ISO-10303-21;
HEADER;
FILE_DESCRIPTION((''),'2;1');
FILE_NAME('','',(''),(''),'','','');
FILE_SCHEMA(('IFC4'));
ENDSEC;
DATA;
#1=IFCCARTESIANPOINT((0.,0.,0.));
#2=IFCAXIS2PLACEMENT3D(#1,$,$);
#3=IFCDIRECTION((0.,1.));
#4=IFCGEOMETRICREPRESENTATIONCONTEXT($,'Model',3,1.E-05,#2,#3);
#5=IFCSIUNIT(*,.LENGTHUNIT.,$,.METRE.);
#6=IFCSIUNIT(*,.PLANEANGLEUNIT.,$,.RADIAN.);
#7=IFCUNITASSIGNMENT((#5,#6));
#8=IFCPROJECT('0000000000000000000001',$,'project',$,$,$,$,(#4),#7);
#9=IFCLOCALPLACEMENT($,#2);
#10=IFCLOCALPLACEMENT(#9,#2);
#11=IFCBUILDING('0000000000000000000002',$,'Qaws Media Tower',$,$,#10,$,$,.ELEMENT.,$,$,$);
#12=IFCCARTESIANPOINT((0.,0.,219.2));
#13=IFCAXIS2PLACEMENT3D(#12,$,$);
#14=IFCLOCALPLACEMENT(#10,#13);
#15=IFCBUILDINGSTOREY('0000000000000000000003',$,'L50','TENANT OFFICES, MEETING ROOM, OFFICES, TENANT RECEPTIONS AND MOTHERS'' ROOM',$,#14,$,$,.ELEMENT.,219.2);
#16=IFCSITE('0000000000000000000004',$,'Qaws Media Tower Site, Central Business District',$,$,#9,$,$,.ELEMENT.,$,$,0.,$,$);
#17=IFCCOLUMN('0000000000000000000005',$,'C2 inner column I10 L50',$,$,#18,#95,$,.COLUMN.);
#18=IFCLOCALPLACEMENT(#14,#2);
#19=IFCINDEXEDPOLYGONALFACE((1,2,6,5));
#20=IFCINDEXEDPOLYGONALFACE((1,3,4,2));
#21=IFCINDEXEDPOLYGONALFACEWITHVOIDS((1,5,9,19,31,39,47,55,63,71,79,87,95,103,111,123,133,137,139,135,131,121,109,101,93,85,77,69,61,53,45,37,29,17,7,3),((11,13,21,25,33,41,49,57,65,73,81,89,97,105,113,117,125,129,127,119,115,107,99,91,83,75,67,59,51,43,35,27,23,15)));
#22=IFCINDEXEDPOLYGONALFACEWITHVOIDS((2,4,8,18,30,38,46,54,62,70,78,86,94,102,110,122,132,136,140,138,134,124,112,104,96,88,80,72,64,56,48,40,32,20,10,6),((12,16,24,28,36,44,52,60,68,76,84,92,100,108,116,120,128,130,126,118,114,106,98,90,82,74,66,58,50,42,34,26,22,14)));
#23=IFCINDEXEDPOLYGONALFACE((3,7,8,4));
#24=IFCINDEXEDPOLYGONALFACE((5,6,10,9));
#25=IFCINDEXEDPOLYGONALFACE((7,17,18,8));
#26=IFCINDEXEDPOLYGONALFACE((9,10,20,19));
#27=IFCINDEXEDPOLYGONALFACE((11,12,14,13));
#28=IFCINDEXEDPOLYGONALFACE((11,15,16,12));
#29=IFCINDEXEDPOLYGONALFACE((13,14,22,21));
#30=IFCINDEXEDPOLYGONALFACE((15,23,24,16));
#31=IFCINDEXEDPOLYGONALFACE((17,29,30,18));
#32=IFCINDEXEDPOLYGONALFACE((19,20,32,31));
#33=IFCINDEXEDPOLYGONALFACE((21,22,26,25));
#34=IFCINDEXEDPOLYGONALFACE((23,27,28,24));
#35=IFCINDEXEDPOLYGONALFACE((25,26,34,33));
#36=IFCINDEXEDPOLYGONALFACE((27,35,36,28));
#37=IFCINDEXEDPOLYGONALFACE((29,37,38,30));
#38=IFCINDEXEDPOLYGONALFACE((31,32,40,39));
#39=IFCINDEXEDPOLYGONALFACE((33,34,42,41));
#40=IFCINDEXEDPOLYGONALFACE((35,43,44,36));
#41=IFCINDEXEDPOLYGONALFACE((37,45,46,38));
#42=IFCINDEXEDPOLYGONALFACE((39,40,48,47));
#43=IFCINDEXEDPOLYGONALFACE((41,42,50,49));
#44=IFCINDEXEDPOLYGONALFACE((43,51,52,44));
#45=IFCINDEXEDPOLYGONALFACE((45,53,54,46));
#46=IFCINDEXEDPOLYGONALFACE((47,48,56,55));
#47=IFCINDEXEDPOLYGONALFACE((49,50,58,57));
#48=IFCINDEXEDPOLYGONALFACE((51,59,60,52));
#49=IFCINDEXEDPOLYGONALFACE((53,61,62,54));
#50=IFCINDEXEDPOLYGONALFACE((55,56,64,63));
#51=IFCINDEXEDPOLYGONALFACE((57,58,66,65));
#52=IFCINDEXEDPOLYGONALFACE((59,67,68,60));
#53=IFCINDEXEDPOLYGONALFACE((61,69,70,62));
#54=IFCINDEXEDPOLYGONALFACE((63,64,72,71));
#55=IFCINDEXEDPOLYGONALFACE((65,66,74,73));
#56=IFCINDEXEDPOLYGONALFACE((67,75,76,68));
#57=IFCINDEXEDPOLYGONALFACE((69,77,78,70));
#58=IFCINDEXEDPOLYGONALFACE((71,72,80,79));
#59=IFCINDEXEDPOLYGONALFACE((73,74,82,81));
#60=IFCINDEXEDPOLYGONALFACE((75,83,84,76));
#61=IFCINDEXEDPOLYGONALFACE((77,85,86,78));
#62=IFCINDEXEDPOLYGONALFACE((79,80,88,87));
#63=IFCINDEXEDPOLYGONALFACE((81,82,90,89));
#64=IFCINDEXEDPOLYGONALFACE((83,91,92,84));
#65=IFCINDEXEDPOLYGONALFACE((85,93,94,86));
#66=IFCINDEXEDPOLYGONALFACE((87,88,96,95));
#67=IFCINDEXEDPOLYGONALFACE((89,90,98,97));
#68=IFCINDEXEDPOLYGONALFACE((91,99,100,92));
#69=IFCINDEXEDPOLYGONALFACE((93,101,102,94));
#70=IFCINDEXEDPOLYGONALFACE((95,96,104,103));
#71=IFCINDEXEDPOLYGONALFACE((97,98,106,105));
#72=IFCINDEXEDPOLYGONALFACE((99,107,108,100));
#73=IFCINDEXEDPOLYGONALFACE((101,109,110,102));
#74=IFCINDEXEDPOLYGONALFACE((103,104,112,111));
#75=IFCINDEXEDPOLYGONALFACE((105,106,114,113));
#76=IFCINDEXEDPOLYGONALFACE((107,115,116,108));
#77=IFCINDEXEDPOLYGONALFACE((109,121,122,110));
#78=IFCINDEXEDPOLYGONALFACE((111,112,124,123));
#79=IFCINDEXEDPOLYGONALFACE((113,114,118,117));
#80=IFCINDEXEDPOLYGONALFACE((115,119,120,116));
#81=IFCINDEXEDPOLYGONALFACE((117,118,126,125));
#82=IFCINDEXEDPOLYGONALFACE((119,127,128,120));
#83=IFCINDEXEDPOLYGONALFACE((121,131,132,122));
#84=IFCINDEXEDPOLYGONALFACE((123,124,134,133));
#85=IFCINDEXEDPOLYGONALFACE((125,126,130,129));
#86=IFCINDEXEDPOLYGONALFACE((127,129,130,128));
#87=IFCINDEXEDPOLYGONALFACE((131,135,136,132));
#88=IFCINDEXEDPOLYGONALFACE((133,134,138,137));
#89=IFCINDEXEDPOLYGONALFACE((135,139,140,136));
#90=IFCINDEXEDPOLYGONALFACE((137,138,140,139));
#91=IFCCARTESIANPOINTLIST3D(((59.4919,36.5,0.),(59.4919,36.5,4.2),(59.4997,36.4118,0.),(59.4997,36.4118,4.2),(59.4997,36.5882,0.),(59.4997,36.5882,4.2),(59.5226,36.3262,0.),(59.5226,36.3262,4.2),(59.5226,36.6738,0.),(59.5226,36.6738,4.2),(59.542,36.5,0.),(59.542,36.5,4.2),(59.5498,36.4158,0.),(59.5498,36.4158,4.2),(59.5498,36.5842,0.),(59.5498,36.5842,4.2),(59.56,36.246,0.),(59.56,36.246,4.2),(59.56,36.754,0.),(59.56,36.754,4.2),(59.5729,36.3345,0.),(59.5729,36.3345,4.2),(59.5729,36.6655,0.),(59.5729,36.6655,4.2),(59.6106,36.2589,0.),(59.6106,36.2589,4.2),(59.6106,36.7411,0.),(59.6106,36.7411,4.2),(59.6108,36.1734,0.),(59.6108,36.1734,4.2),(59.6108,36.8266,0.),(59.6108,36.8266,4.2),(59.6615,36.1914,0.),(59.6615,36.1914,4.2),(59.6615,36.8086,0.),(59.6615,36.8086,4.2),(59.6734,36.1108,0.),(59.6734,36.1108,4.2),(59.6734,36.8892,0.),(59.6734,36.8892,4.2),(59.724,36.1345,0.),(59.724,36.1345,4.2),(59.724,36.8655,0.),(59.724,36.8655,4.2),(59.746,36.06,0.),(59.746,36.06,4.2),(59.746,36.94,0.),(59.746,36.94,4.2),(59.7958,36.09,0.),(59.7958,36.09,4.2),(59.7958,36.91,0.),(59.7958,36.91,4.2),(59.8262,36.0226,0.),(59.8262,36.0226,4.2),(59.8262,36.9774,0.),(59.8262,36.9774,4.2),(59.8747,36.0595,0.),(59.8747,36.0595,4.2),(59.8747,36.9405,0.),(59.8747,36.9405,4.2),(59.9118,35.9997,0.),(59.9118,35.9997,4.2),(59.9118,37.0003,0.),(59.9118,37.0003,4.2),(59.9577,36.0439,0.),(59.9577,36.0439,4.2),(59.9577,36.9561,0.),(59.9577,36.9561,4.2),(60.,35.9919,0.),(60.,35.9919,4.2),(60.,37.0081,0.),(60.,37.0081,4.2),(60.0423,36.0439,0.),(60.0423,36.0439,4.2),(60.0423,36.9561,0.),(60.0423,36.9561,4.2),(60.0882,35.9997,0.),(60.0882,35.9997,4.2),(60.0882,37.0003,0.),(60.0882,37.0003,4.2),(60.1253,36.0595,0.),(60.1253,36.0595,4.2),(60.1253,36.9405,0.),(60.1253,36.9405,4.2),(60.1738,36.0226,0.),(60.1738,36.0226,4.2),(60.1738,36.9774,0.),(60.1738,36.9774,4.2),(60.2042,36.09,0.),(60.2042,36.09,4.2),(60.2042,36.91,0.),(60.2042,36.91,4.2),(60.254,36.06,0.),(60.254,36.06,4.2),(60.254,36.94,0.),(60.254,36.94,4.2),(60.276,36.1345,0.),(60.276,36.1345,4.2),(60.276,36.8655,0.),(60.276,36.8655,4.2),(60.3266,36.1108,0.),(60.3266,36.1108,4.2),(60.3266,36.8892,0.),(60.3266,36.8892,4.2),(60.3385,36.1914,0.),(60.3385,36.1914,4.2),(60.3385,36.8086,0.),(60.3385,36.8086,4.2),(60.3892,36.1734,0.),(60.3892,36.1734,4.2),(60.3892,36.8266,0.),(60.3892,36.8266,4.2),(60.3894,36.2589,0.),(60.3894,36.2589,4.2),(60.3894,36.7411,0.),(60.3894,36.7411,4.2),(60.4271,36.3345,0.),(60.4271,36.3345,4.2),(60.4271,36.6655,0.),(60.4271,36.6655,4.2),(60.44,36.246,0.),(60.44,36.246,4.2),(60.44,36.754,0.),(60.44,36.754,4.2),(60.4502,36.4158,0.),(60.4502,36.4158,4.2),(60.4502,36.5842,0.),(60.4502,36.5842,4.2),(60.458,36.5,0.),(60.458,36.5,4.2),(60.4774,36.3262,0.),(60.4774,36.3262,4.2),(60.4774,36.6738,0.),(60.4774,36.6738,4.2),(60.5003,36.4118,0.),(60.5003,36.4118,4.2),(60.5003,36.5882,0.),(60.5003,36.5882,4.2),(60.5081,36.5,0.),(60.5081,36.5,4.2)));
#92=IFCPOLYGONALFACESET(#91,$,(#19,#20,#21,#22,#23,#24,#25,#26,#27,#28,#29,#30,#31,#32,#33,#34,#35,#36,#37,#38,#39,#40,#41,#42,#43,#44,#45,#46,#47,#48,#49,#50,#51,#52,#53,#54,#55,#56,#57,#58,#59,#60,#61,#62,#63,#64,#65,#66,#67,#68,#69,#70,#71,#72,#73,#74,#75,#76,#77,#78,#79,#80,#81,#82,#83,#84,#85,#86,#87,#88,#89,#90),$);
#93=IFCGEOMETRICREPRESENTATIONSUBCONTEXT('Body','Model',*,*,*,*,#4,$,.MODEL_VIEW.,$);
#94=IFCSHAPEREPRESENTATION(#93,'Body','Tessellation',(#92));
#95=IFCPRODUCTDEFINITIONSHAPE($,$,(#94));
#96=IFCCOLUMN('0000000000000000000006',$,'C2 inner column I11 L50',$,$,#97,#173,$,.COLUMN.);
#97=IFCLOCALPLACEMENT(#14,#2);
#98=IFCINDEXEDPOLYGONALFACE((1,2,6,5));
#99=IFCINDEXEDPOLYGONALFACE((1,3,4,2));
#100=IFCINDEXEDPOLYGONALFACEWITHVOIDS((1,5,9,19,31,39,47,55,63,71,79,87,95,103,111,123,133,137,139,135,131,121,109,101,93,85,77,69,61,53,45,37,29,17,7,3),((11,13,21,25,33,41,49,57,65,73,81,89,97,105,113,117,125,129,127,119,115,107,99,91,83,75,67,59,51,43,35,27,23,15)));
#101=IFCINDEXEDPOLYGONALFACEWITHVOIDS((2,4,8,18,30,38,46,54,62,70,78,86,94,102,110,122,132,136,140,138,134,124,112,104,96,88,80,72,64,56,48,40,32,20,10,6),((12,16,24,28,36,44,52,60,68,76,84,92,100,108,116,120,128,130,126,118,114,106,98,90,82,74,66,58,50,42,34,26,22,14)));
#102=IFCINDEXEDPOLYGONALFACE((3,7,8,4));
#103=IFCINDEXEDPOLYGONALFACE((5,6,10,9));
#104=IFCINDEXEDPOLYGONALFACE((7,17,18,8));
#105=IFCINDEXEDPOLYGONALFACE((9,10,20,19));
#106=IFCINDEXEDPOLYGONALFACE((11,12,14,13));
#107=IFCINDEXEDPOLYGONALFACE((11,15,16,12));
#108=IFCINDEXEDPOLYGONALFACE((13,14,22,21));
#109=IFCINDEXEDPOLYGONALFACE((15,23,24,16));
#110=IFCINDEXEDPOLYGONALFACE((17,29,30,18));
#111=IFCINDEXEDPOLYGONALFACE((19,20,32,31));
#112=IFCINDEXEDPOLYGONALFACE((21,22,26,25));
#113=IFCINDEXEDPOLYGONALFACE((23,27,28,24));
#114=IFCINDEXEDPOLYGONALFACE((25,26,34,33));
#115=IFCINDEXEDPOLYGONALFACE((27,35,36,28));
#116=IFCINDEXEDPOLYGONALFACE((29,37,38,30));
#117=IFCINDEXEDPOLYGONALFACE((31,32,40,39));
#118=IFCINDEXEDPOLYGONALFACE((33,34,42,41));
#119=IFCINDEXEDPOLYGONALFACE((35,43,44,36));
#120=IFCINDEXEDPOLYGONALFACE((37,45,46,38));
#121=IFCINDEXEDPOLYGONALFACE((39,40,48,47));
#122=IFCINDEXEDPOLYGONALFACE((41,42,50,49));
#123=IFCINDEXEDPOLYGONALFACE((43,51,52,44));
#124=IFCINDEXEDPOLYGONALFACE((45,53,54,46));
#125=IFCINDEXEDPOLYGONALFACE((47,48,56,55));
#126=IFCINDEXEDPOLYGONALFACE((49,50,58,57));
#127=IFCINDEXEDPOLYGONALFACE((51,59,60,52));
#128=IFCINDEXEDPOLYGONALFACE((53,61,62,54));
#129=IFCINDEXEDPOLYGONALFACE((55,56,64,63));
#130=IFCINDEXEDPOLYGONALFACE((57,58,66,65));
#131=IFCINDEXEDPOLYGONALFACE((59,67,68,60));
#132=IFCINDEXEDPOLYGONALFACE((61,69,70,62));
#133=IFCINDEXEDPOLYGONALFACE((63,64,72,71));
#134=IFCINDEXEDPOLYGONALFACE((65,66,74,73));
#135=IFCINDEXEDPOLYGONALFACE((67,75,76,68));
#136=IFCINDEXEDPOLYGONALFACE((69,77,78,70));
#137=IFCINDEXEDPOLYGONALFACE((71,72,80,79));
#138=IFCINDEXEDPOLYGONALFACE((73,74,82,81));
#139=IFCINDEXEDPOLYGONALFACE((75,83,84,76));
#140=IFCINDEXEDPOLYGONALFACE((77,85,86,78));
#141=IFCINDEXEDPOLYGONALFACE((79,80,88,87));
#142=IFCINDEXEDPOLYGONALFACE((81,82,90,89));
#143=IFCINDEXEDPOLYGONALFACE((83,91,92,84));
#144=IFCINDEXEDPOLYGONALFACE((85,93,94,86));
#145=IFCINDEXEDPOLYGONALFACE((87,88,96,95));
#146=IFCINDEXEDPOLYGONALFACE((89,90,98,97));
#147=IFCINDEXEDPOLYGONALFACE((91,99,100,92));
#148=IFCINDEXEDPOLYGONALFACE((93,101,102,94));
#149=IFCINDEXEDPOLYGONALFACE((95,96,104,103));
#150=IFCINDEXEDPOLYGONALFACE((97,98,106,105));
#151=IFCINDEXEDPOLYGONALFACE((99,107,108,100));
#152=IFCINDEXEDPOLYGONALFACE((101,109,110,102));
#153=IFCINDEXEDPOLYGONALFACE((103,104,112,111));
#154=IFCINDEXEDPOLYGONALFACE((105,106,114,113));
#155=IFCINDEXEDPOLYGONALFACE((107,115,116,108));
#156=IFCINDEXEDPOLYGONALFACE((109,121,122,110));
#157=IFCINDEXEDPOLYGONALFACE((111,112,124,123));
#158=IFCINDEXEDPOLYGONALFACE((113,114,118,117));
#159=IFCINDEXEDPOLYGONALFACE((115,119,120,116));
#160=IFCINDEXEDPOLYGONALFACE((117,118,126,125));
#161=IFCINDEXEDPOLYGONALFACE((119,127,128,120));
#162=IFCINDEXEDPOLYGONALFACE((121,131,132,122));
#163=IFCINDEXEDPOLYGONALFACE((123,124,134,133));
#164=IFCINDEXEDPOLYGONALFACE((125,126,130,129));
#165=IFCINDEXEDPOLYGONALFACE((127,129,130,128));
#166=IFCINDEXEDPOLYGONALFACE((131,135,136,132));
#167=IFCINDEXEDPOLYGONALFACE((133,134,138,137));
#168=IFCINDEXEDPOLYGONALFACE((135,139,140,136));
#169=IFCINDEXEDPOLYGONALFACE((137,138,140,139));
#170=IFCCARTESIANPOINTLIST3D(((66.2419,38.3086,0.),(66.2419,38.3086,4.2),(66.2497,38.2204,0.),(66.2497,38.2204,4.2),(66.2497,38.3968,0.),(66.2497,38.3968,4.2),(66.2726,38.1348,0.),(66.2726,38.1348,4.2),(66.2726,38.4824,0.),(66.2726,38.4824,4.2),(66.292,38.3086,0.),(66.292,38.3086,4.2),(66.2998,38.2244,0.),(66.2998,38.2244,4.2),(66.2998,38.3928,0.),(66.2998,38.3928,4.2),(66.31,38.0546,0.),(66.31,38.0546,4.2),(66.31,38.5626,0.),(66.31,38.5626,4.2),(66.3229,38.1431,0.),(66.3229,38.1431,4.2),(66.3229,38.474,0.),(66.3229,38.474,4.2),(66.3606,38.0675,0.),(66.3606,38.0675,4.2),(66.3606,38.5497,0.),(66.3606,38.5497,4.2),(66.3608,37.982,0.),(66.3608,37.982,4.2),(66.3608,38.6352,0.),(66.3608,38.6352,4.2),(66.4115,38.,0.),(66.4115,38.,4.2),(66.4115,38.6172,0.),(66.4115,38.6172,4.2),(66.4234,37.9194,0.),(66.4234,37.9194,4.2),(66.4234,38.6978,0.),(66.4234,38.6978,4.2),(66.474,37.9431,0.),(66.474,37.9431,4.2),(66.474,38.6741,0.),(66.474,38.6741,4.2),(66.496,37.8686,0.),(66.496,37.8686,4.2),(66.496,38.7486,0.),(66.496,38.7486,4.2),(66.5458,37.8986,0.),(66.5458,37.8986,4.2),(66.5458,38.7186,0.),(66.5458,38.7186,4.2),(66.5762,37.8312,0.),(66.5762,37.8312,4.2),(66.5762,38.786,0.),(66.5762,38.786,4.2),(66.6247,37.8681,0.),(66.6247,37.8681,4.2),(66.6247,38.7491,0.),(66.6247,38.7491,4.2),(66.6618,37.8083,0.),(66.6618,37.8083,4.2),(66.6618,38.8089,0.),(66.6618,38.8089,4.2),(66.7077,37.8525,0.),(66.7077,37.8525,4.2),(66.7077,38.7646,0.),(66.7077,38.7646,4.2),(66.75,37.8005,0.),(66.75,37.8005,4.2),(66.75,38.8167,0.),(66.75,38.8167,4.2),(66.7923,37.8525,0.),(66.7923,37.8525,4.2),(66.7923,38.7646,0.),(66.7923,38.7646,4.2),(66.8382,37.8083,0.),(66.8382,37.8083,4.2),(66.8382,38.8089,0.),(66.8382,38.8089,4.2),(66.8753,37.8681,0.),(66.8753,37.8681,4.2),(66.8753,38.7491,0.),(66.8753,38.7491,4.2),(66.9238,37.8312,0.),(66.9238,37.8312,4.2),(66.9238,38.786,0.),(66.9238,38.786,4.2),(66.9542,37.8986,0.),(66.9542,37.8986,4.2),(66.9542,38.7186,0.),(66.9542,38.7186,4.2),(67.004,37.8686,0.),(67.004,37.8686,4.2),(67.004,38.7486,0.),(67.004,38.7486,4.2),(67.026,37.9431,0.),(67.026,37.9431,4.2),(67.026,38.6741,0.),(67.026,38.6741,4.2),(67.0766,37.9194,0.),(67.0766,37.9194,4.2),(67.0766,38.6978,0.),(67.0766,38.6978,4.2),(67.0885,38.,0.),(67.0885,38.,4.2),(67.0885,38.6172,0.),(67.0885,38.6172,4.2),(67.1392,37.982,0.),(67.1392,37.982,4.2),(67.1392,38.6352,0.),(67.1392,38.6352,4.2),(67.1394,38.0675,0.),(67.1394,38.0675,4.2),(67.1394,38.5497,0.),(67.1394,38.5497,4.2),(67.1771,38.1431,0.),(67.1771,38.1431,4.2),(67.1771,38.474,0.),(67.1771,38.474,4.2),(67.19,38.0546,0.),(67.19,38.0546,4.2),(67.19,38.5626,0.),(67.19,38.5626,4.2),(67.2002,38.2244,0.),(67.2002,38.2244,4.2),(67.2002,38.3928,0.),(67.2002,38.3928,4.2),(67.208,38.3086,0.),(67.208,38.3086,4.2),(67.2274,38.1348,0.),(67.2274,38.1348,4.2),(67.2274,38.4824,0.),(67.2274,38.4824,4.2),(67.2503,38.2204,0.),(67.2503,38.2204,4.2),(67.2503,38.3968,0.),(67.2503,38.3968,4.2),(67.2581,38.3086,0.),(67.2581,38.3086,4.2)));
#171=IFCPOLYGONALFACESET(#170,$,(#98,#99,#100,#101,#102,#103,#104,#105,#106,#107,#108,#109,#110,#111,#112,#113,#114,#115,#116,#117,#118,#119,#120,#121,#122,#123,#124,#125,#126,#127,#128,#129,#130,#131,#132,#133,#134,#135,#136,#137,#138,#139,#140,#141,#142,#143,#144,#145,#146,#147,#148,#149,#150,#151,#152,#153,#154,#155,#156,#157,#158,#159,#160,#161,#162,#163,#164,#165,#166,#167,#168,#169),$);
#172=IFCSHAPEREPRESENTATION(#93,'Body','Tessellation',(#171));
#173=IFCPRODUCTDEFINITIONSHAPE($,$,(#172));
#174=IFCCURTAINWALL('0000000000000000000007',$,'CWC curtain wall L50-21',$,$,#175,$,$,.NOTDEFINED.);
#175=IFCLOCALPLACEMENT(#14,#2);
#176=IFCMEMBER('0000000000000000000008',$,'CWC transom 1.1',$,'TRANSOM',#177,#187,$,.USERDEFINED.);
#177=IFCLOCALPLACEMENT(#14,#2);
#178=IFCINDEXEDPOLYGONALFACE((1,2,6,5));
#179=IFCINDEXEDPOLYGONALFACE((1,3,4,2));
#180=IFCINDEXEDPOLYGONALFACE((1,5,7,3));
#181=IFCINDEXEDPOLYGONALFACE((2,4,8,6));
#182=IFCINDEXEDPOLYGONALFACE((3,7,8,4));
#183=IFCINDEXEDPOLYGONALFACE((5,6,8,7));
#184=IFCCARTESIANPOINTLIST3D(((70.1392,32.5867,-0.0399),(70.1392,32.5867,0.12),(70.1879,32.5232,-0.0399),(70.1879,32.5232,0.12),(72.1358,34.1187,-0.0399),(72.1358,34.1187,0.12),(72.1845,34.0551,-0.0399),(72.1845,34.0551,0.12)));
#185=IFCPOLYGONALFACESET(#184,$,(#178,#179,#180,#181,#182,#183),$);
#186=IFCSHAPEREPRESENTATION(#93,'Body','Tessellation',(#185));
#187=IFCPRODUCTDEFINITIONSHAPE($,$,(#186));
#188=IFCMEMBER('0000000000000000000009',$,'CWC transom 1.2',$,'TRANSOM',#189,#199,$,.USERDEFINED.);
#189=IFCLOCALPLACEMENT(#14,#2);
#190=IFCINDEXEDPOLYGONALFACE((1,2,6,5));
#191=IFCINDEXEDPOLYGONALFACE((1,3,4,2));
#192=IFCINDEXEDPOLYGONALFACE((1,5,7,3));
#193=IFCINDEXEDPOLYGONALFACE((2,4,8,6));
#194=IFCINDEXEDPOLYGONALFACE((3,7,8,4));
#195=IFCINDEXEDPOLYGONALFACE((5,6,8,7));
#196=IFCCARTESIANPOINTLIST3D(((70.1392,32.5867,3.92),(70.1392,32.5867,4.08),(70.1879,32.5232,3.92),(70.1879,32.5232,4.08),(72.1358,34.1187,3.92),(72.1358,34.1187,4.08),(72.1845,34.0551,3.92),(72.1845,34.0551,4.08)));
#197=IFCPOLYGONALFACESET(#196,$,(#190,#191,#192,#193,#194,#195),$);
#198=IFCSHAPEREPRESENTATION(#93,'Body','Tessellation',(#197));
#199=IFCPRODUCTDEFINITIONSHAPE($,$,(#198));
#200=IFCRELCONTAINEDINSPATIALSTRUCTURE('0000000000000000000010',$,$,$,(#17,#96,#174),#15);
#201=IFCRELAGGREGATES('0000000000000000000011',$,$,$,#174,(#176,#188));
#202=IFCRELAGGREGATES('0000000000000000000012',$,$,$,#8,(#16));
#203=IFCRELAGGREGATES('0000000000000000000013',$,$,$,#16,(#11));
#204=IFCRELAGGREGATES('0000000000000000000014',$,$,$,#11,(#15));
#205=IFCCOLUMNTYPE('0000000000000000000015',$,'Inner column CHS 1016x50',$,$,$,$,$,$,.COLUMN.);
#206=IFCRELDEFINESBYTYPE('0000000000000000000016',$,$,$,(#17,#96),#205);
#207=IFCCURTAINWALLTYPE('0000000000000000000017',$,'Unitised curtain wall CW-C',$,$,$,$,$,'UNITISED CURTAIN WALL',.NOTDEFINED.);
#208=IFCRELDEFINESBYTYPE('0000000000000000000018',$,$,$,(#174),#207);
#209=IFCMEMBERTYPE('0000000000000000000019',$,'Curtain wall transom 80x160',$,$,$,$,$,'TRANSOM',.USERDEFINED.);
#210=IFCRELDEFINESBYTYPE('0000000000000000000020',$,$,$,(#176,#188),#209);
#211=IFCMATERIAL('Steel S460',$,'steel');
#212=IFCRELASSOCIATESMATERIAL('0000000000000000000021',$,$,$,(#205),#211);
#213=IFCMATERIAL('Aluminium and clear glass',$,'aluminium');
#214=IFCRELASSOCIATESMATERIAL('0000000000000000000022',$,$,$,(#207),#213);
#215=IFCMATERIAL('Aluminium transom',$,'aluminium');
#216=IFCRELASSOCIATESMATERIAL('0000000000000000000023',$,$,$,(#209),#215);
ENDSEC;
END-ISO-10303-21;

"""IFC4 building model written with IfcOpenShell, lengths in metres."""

from ifc_helpers import new_model, si_unit, direction, frame, origin, origin_2d, place, context, subcontext, project, spatial, rectangle, hollow_circle, extrude, material, material_profile, profile_set, type_object, element, aggregate, save


model = new_model("IFC4")

# Units and contexts
model_context = context("Model", 3, precision=1e-05, world=origin(), true_north=direction((0.0, 1.0)))
body_context = subcontext(model_context, "Body", "Model", "MODEL_VIEW")
ifc_project = project(units=[si_unit("LENGTHUNIT", "METRE"), si_unit("PLANEANGLEUNIT", "RADIAN")], contexts=[model_context])

# Site, building, storey
site_placement = place(None, origin())
site = spatial("IfcSite", under=ifc_project, at=site_placement, Name="Qaws Media Tower Site, Central Business District", CompositionType="ELEMENT", RefElevation=0.0)
building_placement = place(site_placement, origin())
building = spatial("IfcBuilding", under=site, at=building_placement, Name="Qaws Media Tower", CompositionType="ELEMENT")
storey_placement = place(building_placement, frame((0.0, 0.0, 219.2)))
storey = spatial("IfcBuildingStorey", under=building, at=storey_placement, Name="L50", Description="TENANT OFFICES, MEETING ROOM, OFFICES, TENANT RECEPTIONS AND MOTHERS' ROOM", CompositionType="ELEMENT", Elevation=219.2)

# Columns
ifc_material_1 = material(Name="Steel S460", Category="steel")
ifc_material_profile_1 = material_profile(ifc_material_1, hollow_circle(Radius=0.5081, WallThickness=0.05, at=origin_2d()), Name="CHS 1016x50")
ifc_profile_set_1 = profile_set([ifc_material_profile_1], Name="Steel S460")
column_type = type_object("IfcColumnType", Name="Inner column CHS 1016x50", PredefinedType="COLUMN", material=ifc_profile_set_1)
for number, where, z_axis, x_axis, name in (
    (1, (60.0, 36.5, 0.0), (0.0, 0.0, 1.0), (1.0, 0.0, 0.0), "C2 inner column I10 L50"),
    (2, (66.75, 38.3086, 0.0), (0.0, 0.0, 1.0), (1.0, 0.0, 0.0), "C2 inner column I11 L50"),
):
    element("IfcColumn", number, at=place(storey_placement, frame(where, z_axis=z_axis, x_axis=x_axis)), inside=storey, type_object=column_type, Name=name, PredefinedType="COLUMN", context=body_context, shape_type="SweptSolid", body=[
        extrude(hollow_circle(Radius=0.5081, WallThickness=0.05, at=origin_2d()), origin(), (0.0, 0.0, 1.0), 4.2),
    ])

# Curtain wall, members
ifc_material_2 = material(Name="Aluminium and clear glass", Category="aluminium")
curtain_wall_type = type_object("IfcCurtainWallType", Name="Unitised curtain wall CW-C", ElementType="UNITISED CURTAIN WALL", PredefinedType="NOTDEFINED", material=ifc_material_2)
curtain_wall_placement = place(storey_placement, origin())
curtain_wall = element("IfcCurtainWall", 3, at=curtain_wall_placement, inside=storey, type_object=curtain_wall_type, Name="CWC curtain wall L50-21", PredefinedType="NOTDEFINED")
ifc_material_3 = material(Name="Aluminium transom", Category="aluminium")
ifc_material_profile_2 = material_profile(ifc_material_3, rectangle(XDim=0.0801, YDim=0.1599, at=origin_2d()), Name="80x160")
ifc_profile_set_2 = profile_set([ifc_material_profile_2], Name="Aluminium transom")
member_type = type_object("IfcMemberType", Name="Curtain wall transom 80x160", ElementType="TRANSOM", PredefinedType="USERDEFINED", material=ifc_profile_set_2)
member_1_placement = place(storey_placement, frame((70.1636, 32.5549, 0.04), z_axis=(0.793363, 0.608749, 0.0), x_axis=(-0.608749, 0.793363, 0.0)))
member_1 = element("IfcMember", 4, at=member_1_placement, type_object=member_type, Name="CWC transom 1.1", ObjectType="TRANSOM", PredefinedType="USERDEFINED", context=body_context, shape_type="SweptSolid", body=[
    extrude(rectangle(XDim=0.0801, YDim=0.1599, at=origin_2d()), origin(), (0.0, 0.0, 1.0), 2.5166),
])
member_2_placement = place(storey_placement, frame((70.1636, 32.5549, 4.0), z_axis=(0.793363, 0.608749, 0.0), x_axis=(-0.608749, 0.793363, 0.0)))
member_2 = element("IfcMember", 5, at=member_2_placement, type_object=member_type, Name="CWC transom 1.2", ObjectType="TRANSOM", PredefinedType="USERDEFINED", context=body_context, shape_type="SweptSolid", body=[
    extrude(rectangle(XDim=0.0801, YDim=0.1599, at=origin_2d()), origin(), (0.0, 0.0, 1.0), 2.5166),
])
aggregate(curtain_wall, [member_1, member_2])

save(model, "model.ifc")
